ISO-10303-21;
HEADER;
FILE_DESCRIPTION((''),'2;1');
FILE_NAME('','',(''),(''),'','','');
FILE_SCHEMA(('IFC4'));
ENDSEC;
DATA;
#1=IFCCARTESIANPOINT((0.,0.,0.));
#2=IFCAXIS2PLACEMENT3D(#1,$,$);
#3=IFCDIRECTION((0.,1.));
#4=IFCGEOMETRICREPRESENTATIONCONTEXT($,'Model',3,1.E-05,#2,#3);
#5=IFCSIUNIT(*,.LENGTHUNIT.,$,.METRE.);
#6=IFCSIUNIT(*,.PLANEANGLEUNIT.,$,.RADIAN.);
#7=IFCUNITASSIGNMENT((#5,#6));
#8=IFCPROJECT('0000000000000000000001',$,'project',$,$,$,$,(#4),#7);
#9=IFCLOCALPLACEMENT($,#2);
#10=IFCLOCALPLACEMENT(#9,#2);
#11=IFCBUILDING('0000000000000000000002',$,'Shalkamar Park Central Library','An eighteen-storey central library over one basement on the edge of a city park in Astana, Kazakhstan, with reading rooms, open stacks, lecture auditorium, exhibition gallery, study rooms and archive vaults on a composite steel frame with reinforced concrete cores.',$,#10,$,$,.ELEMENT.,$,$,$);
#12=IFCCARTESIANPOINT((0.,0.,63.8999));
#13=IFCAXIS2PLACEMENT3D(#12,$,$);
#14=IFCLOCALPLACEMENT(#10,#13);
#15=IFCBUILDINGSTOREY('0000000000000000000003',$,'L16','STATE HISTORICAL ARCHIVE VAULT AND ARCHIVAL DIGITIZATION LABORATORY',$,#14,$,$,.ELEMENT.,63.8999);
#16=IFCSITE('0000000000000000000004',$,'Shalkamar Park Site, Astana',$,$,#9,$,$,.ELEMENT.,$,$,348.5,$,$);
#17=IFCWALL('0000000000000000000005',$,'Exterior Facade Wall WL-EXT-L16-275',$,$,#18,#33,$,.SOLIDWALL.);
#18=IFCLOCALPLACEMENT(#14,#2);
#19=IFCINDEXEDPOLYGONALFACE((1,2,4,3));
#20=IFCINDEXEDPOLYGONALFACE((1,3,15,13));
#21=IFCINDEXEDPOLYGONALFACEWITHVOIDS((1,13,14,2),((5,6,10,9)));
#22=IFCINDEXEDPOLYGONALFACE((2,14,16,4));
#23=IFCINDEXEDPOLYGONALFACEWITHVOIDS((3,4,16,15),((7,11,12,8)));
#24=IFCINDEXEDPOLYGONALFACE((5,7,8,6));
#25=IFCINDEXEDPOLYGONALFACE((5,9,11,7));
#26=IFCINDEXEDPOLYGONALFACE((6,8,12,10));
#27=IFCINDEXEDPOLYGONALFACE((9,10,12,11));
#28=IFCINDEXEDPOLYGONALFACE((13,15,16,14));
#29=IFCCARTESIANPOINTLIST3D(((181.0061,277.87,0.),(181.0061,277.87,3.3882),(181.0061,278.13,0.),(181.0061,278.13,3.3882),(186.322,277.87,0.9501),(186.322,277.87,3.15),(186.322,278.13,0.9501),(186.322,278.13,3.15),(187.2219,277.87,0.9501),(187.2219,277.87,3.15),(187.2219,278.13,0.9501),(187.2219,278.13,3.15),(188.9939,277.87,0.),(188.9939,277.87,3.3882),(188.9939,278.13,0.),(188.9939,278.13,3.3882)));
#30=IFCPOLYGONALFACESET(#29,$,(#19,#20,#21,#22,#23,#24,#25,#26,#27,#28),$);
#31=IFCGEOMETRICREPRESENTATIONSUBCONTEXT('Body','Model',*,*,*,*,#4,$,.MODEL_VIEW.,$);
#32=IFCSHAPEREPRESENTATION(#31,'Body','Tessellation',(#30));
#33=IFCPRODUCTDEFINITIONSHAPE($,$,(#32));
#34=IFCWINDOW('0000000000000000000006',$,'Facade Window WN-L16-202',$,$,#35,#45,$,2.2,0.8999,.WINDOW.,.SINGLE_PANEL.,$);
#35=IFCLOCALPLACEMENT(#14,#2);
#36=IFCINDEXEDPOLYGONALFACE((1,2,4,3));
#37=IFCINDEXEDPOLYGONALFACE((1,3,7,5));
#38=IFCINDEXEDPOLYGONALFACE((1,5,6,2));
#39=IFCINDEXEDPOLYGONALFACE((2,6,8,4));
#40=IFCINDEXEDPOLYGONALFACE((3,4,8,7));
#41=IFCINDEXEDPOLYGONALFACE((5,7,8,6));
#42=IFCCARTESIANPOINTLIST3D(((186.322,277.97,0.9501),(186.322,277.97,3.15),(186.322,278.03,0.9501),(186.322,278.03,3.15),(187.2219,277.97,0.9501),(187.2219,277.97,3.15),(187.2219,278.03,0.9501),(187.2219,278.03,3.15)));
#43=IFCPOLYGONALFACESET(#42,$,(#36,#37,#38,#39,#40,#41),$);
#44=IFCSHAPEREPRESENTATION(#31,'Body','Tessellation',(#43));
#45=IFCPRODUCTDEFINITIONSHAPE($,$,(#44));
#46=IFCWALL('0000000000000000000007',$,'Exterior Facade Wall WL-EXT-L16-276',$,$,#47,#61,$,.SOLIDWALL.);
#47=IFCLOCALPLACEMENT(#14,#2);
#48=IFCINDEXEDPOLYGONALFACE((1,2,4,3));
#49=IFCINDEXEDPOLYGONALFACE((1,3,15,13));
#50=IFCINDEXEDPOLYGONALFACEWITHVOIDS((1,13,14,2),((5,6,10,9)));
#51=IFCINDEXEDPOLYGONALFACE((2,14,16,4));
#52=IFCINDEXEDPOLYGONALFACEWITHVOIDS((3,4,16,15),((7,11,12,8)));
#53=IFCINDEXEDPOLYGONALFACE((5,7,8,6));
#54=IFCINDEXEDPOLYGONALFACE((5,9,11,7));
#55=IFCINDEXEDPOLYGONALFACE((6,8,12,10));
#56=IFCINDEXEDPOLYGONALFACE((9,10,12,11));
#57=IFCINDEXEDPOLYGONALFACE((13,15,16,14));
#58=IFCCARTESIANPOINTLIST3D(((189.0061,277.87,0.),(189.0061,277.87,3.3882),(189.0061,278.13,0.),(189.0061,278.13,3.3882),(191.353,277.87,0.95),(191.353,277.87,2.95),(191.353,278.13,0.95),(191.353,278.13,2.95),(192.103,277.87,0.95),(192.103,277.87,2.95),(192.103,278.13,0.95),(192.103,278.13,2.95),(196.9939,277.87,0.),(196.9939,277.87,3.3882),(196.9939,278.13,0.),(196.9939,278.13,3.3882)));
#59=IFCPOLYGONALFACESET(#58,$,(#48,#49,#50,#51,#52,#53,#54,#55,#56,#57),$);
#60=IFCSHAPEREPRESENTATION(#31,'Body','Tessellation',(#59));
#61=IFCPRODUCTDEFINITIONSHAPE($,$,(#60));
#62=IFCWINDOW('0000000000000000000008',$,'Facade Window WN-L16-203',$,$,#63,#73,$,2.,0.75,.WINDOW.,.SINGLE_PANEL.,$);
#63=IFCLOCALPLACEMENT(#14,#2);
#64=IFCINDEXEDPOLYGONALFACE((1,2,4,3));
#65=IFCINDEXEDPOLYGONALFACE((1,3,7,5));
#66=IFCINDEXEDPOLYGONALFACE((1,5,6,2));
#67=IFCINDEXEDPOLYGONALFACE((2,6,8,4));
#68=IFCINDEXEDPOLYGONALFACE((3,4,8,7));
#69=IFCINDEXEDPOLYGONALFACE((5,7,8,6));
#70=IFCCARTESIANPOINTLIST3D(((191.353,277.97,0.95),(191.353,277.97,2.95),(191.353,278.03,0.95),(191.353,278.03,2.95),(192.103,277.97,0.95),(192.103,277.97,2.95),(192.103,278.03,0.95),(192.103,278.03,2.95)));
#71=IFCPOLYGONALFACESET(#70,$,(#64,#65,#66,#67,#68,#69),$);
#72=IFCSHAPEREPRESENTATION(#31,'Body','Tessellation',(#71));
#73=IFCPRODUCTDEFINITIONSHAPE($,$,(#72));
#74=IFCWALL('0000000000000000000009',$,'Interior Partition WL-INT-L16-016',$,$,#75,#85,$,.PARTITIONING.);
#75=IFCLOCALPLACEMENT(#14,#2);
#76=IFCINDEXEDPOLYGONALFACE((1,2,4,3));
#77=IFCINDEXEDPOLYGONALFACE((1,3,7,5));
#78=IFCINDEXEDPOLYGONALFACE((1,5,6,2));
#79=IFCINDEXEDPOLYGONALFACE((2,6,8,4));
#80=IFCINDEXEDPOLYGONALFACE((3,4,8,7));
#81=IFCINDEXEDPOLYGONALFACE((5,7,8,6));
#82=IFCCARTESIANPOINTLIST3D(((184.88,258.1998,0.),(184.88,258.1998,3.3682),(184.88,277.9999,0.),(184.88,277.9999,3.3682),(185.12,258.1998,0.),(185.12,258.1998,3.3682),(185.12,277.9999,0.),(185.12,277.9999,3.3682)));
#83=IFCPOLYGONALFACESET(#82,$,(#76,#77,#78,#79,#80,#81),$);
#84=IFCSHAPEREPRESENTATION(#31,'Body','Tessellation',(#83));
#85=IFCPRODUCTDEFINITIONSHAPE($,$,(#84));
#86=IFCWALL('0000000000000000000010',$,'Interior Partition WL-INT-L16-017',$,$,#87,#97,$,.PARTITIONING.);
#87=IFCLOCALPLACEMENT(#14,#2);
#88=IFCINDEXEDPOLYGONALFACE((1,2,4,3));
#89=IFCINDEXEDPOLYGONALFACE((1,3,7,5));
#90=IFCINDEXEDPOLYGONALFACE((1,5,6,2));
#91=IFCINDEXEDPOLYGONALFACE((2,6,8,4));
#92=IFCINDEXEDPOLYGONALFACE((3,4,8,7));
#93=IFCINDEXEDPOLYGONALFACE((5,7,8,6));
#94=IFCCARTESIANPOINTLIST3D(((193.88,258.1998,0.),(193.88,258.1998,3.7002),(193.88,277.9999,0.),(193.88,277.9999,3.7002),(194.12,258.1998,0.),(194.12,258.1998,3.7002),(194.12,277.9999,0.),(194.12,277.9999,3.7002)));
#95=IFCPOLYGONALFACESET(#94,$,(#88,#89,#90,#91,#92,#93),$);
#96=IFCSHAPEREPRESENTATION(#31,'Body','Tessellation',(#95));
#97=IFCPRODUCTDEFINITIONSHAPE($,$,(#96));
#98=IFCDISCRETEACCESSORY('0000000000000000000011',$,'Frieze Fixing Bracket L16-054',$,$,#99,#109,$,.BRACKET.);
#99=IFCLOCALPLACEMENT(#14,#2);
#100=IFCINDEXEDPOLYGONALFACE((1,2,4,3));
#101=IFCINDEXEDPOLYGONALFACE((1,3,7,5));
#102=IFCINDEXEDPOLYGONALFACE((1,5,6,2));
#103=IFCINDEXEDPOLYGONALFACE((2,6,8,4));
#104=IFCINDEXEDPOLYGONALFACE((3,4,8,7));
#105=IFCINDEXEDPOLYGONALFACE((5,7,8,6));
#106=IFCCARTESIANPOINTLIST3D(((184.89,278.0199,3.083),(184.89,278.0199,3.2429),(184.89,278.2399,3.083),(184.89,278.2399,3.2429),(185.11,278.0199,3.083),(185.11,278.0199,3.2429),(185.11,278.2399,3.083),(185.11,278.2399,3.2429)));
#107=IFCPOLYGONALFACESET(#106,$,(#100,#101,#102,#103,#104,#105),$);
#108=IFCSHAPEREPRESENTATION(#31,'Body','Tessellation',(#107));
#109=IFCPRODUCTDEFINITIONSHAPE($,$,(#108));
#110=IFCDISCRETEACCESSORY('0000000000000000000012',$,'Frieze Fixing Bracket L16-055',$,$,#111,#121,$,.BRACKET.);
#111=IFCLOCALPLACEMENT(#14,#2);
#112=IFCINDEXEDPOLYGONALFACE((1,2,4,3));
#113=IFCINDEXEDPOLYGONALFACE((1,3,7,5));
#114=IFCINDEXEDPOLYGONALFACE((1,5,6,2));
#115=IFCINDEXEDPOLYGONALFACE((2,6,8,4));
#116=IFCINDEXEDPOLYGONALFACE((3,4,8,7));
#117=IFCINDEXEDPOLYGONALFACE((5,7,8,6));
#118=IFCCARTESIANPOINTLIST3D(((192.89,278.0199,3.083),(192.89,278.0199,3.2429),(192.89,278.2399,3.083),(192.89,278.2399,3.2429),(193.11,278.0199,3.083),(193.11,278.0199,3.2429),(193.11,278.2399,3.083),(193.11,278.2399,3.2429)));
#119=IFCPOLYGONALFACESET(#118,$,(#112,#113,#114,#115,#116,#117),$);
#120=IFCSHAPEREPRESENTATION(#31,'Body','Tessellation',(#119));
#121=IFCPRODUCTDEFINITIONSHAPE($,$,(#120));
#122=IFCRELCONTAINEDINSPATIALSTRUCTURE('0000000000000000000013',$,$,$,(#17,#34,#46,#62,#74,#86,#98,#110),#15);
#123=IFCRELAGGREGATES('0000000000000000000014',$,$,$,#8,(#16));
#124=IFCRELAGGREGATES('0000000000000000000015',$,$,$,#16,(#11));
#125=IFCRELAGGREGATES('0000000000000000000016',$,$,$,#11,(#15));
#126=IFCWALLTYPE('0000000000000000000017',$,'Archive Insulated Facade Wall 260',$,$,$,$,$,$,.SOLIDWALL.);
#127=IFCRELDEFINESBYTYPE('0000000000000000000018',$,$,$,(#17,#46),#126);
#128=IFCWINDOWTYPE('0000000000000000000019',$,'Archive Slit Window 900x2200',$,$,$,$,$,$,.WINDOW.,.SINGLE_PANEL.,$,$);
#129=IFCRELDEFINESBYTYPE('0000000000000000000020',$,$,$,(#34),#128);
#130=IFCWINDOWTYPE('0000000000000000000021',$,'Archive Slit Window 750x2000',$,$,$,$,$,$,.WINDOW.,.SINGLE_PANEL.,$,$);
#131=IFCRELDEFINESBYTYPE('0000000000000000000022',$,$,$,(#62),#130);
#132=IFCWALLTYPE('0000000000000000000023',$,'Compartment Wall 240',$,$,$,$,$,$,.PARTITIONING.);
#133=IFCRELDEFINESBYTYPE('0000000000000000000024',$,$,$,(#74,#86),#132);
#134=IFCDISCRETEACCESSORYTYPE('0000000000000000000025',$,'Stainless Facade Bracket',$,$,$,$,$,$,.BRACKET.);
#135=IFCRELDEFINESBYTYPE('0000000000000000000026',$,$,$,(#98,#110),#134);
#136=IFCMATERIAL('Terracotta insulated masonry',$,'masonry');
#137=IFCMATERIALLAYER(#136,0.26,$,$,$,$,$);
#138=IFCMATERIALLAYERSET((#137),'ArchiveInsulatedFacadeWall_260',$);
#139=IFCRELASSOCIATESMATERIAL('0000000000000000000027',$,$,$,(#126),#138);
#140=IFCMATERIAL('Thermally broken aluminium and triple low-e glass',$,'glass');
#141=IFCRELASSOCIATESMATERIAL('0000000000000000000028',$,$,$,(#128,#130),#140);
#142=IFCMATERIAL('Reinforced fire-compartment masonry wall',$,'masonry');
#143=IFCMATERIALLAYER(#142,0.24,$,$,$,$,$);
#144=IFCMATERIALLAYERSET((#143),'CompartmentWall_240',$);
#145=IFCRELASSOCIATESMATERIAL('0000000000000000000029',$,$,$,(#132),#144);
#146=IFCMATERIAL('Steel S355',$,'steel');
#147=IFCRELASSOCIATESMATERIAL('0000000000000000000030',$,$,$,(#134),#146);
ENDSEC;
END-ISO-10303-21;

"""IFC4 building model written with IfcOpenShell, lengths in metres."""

from ifc_helpers import new_model, si_unit, direction, frame, frame_2d, origin, origin_2d, place, context, subcontext, project, spatial, rectangle, extrude, material, layer, layer_set, type_object, element, fill, save


model = new_model("IFC4")

# Units and contexts
model_context = context("Model", 3, precision=1e-05, world=origin(), true_north=direction((0.0, 1.0)))
body_context = subcontext(model_context, "Body", "Model", "MODEL_VIEW")
ifc_project = project(units=[si_unit("LENGTHUNIT", "METRE"), si_unit("PLANEANGLEUNIT", "RADIAN")], contexts=[model_context])

# Site, building, storey
site_placement = place(None, origin())
site = spatial("IfcSite", under=ifc_project, at=site_placement, Name="Shalkamar Park Site, Astana", CompositionType="ELEMENT", RefElevation=348.5)
building_placement = place(site_placement, origin())
building = spatial("IfcBuilding", under=site, at=building_placement, Name="Shalkamar Park Central Library", Description="An eighteen-storey central library over one basement on the edge of a city park in Astana, Kazakhstan, with reading rooms, open stacks, lecture auditorium, exhibition gallery, study rooms and archive vaults on a composite steel frame with reinforced concrete cores.", CompositionType="ELEMENT")
storey_placement = place(building_placement, frame((0.0, 0.0, 63.8999)))
storey = spatial("IfcBuildingStorey", under=building, at=storey_placement, Name="L16", Description="STATE HISTORICAL ARCHIVE VAULT AND ARCHIVAL DIGITIZATION LABORATORY", CompositionType="ELEMENT", Elevation=63.8999)

# Shared definitions
ifc_material_1 = material(Name="Steel S355", Category="steel")

# Walls, openings, windows
ifc_material_2 = material(Name="Terracotta insulated masonry", Category="masonry")
ifc_layer_1 = layer(ifc_material_2, 0.26)
ifc_layer_set_1 = layer_set([ifc_layer_1], Name="ArchiveInsulatedFacadeWall_260")
wall_type_1 = type_object("IfcWallType", Name="Archive Insulated Facade Wall 260", PredefinedType="SOLIDWALL", material=ifc_layer_set_1)
wall_1_placement = place(storey_placement, frame((181.0061, 278.0, 0.0), z_axis=(0.0, 0.0, 1.0), x_axis=(1.0, 0.0, 0.0)))
wall_1 = element("IfcWall", 1, at=wall_1_placement, inside=storey, type_object=wall_type_1, Name="Exterior Facade Wall WL-EXT-L16-275", PredefinedType="SOLIDWALL", context=body_context, shape_type="SweptSolid", body=[
    extrude(rectangle(XDim=7.9878, YDim=0.26, at=frame_2d((3.9939, 0.0))), origin(), (0.0, 0.0, 1.0), 3.3882),
])
opening_1_placement = place(wall_1_placement, frame((5.3159, 0.0, 0.95)))
opening_1 = element("IfcOpeningElement", 2, at=opening_1_placement, cuts=wall_1, PredefinedType="OPENING", context=body_context, shape_type="SweptSolid", body=[
    extrude(rectangle(XDim=0.8999, YDim=2.2, at=frame_2d((0.45, 1.1001))), frame((0.0, 0.145, 0.0), z_axis=(0.0, -1.0, 0.0), x_axis=(1.0, 0.0, 0.0)), (0.0, 0.0, 1.0), 0.2898),
])
ifc_material_3 = material(Name="Thermally broken aluminium and triple low-e glass", Category="glass")
window_type_1 = type_object("IfcWindowType", Name="Archive Slit Window 900x2200", PartitioningType="SINGLE_PANEL", PredefinedType="WINDOW", material=ifc_material_3)
window_1_placement = place(opening_1_placement, origin())
window_1 = element("IfcWindow", 3, at=window_1_placement, inside=storey, type_object=window_type_1, Name="Facade Window WN-L16-202", OverallHeight=2.2, OverallWidth=0.8999, PartitioningType="SINGLE_PANEL", PredefinedType="WINDOW", context=body_context, shape_type="SweptSolid", body=[
    extrude(rectangle(XDim=0.8999, YDim=2.2, at=frame_2d((0.45, 1.1001))), frame((0.0, 0.03, 0.0), z_axis=(0.0, -1.0, 0.0), x_axis=(1.0, 0.0, 0.0)), (0.0, 0.0, 1.0), 0.0601),
])
fill(opening_1, window_1)
wall_2_placement = place(storey_placement, frame((189.0061, 278.0, 0.0), z_axis=(0.0, 0.0, 1.0), x_axis=(1.0, 0.0, 0.0)))
wall_2 = element("IfcWall", 4, at=wall_2_placement, inside=storey, type_object=wall_type_1, Name="Exterior Facade Wall WL-EXT-L16-276", PredefinedType="SOLIDWALL", context=body_context, shape_type="SweptSolid", body=[
    extrude(rectangle(XDim=7.9878, YDim=0.26, at=frame_2d((3.9939, 0.0))), origin(), (0.0, 0.0, 1.0), 3.3882),
])
opening_2_placement = place(wall_2_placement, frame((2.3469, 0.0, 0.95)))
opening_2 = element("IfcOpeningElement", 5, at=opening_2_placement, cuts=wall_2, PredefinedType="OPENING", context=body_context, shape_type="SweptSolid", body=[
    extrude(rectangle(XDim=0.75, YDim=2.0, at=frame_2d((0.375, 1.0))), frame((0.0, 0.145, 0.0), z_axis=(0.0, -1.0, 0.0), x_axis=(1.0, 0.0, 0.0)), (0.0, 0.0, 1.0), 0.2898),
])
window_type_2 = type_object("IfcWindowType", Name="Archive Slit Window 750x2000", PartitioningType="SINGLE_PANEL", PredefinedType="WINDOW", material=ifc_material_3)
window_2_placement = place(opening_2_placement, origin())
window_2 = element("IfcWindow", 6, at=window_2_placement, inside=storey, type_object=window_type_2, Name="Facade Window WN-L16-203", OverallHeight=2.0, OverallWidth=0.75, PartitioningType="SINGLE_PANEL", PredefinedType="WINDOW", context=body_context, shape_type="SweptSolid", body=[
    extrude(rectangle(XDim=0.75, YDim=2.0, at=frame_2d((0.375, 1.0))), frame((0.0, 0.03, 0.0), z_axis=(0.0, -1.0, 0.0), x_axis=(1.0, 0.0, 0.0)), (0.0, 0.0, 1.0), 0.0601),
])
fill(opening_2, window_2)

# Walls
ifc_material_4 = material(Name="Reinforced fire-compartment masonry wall", Category="masonry")
ifc_layer_2 = layer(ifc_material_4, 0.24)
ifc_layer_set_2 = layer_set([ifc_layer_2], Name="CompartmentWall_240")
wall_type_2 = type_object("IfcWallType", Name="Compartment Wall 240", PredefinedType="PARTITIONING", material=ifc_layer_set_2)
wall_3_placement = place(storey_placement, frame((185.0, 258.2, 0.0), z_axis=(0.0, 0.0, 1.0), x_axis=(0.0, 1.0, 0.0)))
element("IfcWall", 7, at=wall_3_placement, inside=storey, type_object=wall_type_2, Name="Interior Partition WL-INT-L16-016", PredefinedType="PARTITIONING", context=body_context, shape_type="SweptSolid", body=[
    extrude(rectangle(XDim=19.8, YDim=0.24, at=frame_2d((9.8999, 0.0))), origin(), (0.0, 0.0, 1.0), 3.3682),
])
wall_4_placement = place(storey_placement, frame((194.0, 258.2, 0.0), z_axis=(0.0, 0.0, 1.0), x_axis=(0.0, 1.0, 0.0)))
element("IfcWall", 8, at=wall_4_placement, inside=storey, type_object=wall_type_2, Name="Interior Partition WL-INT-L16-017", PredefinedType="PARTITIONING", context=body_context, shape_type="SweptSolid", body=[
    extrude(rectangle(XDim=19.8, YDim=0.24, at=frame_2d((9.8999, 0.0))), origin(), (0.0, 0.0, 1.0), 3.7002),
])

# Discrete accessories
discrete_accessory_type = type_object("IfcDiscreteAccessoryType", Name="Stainless Facade Bracket", PredefinedType="BRACKET", material=ifc_material_1)
for number, where, z_axis, x_axis, name in (
    (9, (185.0, 278.1299, 3.083), (0.0, 0.0, 1.0), (1.0, 0.0, 0.0), "Frieze Fixing Bracket L16-054"),
    (10, (193.0, 278.1299, 3.083), (0.0, 0.0, 1.0), (1.0, 0.0, 0.0), "Frieze Fixing Bracket L16-055"),
):
    element("IfcDiscreteAccessory", number, at=place(storey_placement, frame(where, z_axis=z_axis, x_axis=x_axis)), inside=storey, type_object=discrete_accessory_type, Name=name, PredefinedType="BRACKET", context=body_context, shape_type="SweptSolid", body=[
        extrude(rectangle(XDim=0.22, YDim=0.22, at=origin_2d()), origin(), (0.0, 0.0, 1.0), 0.1599),
    ])

save(model, "model.ifc")
